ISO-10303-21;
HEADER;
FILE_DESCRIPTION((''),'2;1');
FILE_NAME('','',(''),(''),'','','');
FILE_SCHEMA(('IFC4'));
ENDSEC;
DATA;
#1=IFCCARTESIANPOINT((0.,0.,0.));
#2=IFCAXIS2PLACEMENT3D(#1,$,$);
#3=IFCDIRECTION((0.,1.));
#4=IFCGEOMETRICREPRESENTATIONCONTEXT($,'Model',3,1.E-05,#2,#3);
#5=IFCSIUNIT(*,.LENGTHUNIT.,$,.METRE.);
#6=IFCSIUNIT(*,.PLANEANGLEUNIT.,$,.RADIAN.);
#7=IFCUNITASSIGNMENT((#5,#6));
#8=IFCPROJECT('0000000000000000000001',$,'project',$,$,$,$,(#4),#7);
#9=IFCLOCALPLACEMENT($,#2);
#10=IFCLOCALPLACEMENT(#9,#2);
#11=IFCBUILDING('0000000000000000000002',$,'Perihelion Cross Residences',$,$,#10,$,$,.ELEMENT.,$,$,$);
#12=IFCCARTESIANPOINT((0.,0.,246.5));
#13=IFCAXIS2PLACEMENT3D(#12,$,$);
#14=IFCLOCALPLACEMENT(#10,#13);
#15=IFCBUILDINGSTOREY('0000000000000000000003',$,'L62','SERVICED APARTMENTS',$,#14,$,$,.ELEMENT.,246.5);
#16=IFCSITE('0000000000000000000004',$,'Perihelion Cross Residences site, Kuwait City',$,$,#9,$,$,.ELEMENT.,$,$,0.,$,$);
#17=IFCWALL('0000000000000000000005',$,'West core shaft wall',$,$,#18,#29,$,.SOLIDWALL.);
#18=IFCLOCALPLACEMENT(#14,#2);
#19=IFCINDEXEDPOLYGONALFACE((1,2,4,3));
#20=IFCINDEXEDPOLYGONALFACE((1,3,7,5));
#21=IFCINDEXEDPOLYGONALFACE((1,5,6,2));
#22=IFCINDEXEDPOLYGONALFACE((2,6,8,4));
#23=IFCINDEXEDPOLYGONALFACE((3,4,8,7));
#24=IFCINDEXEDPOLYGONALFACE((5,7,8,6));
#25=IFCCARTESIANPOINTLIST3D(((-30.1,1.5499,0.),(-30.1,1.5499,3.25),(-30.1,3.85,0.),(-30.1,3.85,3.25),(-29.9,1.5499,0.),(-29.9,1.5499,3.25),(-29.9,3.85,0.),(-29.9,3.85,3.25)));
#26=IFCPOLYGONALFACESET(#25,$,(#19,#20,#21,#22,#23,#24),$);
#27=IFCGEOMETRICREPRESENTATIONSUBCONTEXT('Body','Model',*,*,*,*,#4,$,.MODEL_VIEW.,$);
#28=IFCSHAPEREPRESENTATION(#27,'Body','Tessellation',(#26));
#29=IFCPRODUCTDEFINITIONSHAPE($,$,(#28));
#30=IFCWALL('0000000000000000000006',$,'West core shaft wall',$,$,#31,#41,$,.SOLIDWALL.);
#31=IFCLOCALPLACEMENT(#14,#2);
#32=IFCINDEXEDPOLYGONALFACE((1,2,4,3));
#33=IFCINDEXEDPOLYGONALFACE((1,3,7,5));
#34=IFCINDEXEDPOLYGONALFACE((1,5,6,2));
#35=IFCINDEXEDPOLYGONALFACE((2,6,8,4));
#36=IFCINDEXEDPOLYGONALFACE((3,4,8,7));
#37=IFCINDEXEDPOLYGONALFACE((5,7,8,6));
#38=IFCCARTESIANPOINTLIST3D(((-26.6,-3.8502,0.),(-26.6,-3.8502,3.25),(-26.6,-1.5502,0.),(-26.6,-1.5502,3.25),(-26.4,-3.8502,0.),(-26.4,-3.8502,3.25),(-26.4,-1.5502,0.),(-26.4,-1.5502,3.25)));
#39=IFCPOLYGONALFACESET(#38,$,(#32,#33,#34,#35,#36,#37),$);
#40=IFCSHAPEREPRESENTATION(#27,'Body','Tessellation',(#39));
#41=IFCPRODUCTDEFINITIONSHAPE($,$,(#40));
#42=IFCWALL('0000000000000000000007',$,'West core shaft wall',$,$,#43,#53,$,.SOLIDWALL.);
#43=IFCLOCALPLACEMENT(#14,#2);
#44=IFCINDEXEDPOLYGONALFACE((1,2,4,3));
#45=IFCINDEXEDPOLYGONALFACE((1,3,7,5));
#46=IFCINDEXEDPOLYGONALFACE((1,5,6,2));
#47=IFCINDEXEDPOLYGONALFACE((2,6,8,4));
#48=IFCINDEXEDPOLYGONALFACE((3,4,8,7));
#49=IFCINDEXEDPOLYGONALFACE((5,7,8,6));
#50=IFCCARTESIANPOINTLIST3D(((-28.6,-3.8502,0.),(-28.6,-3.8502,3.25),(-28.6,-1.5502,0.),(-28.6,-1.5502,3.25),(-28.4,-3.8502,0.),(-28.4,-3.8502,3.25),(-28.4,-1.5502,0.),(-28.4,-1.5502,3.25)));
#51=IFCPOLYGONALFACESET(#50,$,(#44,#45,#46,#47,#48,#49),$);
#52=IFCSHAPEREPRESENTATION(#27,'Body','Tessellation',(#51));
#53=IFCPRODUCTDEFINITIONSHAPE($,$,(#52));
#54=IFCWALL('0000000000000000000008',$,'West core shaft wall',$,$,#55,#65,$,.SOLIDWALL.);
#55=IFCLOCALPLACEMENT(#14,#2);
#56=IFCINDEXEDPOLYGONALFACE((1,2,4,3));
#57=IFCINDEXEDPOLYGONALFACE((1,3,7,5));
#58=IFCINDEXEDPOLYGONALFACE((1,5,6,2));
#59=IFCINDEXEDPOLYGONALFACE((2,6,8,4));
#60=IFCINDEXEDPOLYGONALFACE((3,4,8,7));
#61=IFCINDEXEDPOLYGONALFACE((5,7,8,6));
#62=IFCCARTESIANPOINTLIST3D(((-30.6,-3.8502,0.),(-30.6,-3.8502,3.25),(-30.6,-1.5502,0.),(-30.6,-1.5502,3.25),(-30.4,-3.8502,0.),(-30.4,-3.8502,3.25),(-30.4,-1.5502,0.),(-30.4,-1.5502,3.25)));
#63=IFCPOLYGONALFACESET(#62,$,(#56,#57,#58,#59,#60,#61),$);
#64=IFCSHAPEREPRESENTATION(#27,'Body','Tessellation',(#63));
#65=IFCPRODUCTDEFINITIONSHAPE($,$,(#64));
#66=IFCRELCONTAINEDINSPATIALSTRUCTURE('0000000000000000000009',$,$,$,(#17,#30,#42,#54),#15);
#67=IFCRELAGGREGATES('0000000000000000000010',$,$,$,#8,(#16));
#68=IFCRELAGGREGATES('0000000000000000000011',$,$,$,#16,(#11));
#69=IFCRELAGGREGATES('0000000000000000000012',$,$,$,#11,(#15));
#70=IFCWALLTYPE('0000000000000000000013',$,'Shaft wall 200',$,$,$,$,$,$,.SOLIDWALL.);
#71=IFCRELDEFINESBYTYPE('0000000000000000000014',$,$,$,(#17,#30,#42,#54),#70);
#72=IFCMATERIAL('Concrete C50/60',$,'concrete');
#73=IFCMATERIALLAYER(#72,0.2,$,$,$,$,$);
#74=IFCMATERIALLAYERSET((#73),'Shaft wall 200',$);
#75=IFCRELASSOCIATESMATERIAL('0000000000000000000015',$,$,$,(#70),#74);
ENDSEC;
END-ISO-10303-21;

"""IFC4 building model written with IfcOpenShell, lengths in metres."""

from ifc_helpers import new_model, si_unit, direction, frame, frame_2d, origin, place, context, subcontext, project, spatial, rectangle, extrude, material, layer, layer_set, type_object, element, save


model = new_model("IFC4")

# Units and contexts
model_context = context("Model", 3, precision=1e-05, world=origin(), true_north=direction((0.0, 1.0)))
body_context = subcontext(model_context, "Body", "Model", "MODEL_VIEW")
ifc_project = project(units=[si_unit("LENGTHUNIT", "METRE"), si_unit("PLANEANGLEUNIT", "RADIAN")], contexts=[model_context])

# Site, building, storey
site_placement = place(None, origin())
site = spatial("IfcSite", under=ifc_project, at=site_placement, Name="Perihelion Cross Residences site, Kuwait City", CompositionType="ELEMENT", RefElevation=0.0)
building_placement = place(site_placement, origin())
building = spatial("IfcBuilding", under=site, at=building_placement, Name="Perihelion Cross Residences", CompositionType="ELEMENT")
storey_placement = place(building_placement, frame((0.0, 0.0, 246.5)))
storey = spatial("IfcBuildingStorey", under=building, at=storey_placement, Name="L62", Description="SERVICED APARTMENTS", CompositionType="ELEMENT", Elevation=246.5)

# Shared definitions
ifc_material_1 = material(Name="Concrete C50/60", Category="concrete")
ifc_layer_1 = layer(ifc_material_1, 0.2)
ifc_layer_set_1 = layer_set([ifc_layer_1], Name="Shaft wall 200")
wall_type_1 = type_object("IfcWallType", Name="Shaft wall 200", PredefinedType="SOLIDWALL", material=ifc_layer_set_1)

# Walls
for number, where, z_axis, x_axis, name in (
    (1, (-30.0, 1.55, 0.0), (0.0, 0.0, 1.0), (0.0, 1.0, 0.0), "West core shaft wall"),
    (2, (-26.5, -3.8501, 0.0), (0.0, 0.0, 1.0), (0.0, 1.0, 0.0), "West core shaft wall"),
    (3, (-28.5, -3.8501, 0.0), (0.0, 0.0, 1.0), (0.0, 1.0, 0.0), "West core shaft wall"),
    (4, (-30.5, -3.8501, 0.0), (0.0, 0.0, 1.0), (0.0, 1.0, 0.0), "West core shaft wall"),
):
    element("IfcWall", number, at=place(storey_placement, frame(where, z_axis=z_axis, x_axis=x_axis)), inside=storey, type_object=wall_type_1, Name=name, PredefinedType="SOLIDWALL", context=body_context, shape_type="SweptSolid", body=[
        extrude(rectangle(XDim=2.3, YDim=0.2, at=frame_2d((1.1499, 0.0))), origin(), (0.0, 0.0, 1.0), 3.25),
    ])

save(model, "model.ifc")
